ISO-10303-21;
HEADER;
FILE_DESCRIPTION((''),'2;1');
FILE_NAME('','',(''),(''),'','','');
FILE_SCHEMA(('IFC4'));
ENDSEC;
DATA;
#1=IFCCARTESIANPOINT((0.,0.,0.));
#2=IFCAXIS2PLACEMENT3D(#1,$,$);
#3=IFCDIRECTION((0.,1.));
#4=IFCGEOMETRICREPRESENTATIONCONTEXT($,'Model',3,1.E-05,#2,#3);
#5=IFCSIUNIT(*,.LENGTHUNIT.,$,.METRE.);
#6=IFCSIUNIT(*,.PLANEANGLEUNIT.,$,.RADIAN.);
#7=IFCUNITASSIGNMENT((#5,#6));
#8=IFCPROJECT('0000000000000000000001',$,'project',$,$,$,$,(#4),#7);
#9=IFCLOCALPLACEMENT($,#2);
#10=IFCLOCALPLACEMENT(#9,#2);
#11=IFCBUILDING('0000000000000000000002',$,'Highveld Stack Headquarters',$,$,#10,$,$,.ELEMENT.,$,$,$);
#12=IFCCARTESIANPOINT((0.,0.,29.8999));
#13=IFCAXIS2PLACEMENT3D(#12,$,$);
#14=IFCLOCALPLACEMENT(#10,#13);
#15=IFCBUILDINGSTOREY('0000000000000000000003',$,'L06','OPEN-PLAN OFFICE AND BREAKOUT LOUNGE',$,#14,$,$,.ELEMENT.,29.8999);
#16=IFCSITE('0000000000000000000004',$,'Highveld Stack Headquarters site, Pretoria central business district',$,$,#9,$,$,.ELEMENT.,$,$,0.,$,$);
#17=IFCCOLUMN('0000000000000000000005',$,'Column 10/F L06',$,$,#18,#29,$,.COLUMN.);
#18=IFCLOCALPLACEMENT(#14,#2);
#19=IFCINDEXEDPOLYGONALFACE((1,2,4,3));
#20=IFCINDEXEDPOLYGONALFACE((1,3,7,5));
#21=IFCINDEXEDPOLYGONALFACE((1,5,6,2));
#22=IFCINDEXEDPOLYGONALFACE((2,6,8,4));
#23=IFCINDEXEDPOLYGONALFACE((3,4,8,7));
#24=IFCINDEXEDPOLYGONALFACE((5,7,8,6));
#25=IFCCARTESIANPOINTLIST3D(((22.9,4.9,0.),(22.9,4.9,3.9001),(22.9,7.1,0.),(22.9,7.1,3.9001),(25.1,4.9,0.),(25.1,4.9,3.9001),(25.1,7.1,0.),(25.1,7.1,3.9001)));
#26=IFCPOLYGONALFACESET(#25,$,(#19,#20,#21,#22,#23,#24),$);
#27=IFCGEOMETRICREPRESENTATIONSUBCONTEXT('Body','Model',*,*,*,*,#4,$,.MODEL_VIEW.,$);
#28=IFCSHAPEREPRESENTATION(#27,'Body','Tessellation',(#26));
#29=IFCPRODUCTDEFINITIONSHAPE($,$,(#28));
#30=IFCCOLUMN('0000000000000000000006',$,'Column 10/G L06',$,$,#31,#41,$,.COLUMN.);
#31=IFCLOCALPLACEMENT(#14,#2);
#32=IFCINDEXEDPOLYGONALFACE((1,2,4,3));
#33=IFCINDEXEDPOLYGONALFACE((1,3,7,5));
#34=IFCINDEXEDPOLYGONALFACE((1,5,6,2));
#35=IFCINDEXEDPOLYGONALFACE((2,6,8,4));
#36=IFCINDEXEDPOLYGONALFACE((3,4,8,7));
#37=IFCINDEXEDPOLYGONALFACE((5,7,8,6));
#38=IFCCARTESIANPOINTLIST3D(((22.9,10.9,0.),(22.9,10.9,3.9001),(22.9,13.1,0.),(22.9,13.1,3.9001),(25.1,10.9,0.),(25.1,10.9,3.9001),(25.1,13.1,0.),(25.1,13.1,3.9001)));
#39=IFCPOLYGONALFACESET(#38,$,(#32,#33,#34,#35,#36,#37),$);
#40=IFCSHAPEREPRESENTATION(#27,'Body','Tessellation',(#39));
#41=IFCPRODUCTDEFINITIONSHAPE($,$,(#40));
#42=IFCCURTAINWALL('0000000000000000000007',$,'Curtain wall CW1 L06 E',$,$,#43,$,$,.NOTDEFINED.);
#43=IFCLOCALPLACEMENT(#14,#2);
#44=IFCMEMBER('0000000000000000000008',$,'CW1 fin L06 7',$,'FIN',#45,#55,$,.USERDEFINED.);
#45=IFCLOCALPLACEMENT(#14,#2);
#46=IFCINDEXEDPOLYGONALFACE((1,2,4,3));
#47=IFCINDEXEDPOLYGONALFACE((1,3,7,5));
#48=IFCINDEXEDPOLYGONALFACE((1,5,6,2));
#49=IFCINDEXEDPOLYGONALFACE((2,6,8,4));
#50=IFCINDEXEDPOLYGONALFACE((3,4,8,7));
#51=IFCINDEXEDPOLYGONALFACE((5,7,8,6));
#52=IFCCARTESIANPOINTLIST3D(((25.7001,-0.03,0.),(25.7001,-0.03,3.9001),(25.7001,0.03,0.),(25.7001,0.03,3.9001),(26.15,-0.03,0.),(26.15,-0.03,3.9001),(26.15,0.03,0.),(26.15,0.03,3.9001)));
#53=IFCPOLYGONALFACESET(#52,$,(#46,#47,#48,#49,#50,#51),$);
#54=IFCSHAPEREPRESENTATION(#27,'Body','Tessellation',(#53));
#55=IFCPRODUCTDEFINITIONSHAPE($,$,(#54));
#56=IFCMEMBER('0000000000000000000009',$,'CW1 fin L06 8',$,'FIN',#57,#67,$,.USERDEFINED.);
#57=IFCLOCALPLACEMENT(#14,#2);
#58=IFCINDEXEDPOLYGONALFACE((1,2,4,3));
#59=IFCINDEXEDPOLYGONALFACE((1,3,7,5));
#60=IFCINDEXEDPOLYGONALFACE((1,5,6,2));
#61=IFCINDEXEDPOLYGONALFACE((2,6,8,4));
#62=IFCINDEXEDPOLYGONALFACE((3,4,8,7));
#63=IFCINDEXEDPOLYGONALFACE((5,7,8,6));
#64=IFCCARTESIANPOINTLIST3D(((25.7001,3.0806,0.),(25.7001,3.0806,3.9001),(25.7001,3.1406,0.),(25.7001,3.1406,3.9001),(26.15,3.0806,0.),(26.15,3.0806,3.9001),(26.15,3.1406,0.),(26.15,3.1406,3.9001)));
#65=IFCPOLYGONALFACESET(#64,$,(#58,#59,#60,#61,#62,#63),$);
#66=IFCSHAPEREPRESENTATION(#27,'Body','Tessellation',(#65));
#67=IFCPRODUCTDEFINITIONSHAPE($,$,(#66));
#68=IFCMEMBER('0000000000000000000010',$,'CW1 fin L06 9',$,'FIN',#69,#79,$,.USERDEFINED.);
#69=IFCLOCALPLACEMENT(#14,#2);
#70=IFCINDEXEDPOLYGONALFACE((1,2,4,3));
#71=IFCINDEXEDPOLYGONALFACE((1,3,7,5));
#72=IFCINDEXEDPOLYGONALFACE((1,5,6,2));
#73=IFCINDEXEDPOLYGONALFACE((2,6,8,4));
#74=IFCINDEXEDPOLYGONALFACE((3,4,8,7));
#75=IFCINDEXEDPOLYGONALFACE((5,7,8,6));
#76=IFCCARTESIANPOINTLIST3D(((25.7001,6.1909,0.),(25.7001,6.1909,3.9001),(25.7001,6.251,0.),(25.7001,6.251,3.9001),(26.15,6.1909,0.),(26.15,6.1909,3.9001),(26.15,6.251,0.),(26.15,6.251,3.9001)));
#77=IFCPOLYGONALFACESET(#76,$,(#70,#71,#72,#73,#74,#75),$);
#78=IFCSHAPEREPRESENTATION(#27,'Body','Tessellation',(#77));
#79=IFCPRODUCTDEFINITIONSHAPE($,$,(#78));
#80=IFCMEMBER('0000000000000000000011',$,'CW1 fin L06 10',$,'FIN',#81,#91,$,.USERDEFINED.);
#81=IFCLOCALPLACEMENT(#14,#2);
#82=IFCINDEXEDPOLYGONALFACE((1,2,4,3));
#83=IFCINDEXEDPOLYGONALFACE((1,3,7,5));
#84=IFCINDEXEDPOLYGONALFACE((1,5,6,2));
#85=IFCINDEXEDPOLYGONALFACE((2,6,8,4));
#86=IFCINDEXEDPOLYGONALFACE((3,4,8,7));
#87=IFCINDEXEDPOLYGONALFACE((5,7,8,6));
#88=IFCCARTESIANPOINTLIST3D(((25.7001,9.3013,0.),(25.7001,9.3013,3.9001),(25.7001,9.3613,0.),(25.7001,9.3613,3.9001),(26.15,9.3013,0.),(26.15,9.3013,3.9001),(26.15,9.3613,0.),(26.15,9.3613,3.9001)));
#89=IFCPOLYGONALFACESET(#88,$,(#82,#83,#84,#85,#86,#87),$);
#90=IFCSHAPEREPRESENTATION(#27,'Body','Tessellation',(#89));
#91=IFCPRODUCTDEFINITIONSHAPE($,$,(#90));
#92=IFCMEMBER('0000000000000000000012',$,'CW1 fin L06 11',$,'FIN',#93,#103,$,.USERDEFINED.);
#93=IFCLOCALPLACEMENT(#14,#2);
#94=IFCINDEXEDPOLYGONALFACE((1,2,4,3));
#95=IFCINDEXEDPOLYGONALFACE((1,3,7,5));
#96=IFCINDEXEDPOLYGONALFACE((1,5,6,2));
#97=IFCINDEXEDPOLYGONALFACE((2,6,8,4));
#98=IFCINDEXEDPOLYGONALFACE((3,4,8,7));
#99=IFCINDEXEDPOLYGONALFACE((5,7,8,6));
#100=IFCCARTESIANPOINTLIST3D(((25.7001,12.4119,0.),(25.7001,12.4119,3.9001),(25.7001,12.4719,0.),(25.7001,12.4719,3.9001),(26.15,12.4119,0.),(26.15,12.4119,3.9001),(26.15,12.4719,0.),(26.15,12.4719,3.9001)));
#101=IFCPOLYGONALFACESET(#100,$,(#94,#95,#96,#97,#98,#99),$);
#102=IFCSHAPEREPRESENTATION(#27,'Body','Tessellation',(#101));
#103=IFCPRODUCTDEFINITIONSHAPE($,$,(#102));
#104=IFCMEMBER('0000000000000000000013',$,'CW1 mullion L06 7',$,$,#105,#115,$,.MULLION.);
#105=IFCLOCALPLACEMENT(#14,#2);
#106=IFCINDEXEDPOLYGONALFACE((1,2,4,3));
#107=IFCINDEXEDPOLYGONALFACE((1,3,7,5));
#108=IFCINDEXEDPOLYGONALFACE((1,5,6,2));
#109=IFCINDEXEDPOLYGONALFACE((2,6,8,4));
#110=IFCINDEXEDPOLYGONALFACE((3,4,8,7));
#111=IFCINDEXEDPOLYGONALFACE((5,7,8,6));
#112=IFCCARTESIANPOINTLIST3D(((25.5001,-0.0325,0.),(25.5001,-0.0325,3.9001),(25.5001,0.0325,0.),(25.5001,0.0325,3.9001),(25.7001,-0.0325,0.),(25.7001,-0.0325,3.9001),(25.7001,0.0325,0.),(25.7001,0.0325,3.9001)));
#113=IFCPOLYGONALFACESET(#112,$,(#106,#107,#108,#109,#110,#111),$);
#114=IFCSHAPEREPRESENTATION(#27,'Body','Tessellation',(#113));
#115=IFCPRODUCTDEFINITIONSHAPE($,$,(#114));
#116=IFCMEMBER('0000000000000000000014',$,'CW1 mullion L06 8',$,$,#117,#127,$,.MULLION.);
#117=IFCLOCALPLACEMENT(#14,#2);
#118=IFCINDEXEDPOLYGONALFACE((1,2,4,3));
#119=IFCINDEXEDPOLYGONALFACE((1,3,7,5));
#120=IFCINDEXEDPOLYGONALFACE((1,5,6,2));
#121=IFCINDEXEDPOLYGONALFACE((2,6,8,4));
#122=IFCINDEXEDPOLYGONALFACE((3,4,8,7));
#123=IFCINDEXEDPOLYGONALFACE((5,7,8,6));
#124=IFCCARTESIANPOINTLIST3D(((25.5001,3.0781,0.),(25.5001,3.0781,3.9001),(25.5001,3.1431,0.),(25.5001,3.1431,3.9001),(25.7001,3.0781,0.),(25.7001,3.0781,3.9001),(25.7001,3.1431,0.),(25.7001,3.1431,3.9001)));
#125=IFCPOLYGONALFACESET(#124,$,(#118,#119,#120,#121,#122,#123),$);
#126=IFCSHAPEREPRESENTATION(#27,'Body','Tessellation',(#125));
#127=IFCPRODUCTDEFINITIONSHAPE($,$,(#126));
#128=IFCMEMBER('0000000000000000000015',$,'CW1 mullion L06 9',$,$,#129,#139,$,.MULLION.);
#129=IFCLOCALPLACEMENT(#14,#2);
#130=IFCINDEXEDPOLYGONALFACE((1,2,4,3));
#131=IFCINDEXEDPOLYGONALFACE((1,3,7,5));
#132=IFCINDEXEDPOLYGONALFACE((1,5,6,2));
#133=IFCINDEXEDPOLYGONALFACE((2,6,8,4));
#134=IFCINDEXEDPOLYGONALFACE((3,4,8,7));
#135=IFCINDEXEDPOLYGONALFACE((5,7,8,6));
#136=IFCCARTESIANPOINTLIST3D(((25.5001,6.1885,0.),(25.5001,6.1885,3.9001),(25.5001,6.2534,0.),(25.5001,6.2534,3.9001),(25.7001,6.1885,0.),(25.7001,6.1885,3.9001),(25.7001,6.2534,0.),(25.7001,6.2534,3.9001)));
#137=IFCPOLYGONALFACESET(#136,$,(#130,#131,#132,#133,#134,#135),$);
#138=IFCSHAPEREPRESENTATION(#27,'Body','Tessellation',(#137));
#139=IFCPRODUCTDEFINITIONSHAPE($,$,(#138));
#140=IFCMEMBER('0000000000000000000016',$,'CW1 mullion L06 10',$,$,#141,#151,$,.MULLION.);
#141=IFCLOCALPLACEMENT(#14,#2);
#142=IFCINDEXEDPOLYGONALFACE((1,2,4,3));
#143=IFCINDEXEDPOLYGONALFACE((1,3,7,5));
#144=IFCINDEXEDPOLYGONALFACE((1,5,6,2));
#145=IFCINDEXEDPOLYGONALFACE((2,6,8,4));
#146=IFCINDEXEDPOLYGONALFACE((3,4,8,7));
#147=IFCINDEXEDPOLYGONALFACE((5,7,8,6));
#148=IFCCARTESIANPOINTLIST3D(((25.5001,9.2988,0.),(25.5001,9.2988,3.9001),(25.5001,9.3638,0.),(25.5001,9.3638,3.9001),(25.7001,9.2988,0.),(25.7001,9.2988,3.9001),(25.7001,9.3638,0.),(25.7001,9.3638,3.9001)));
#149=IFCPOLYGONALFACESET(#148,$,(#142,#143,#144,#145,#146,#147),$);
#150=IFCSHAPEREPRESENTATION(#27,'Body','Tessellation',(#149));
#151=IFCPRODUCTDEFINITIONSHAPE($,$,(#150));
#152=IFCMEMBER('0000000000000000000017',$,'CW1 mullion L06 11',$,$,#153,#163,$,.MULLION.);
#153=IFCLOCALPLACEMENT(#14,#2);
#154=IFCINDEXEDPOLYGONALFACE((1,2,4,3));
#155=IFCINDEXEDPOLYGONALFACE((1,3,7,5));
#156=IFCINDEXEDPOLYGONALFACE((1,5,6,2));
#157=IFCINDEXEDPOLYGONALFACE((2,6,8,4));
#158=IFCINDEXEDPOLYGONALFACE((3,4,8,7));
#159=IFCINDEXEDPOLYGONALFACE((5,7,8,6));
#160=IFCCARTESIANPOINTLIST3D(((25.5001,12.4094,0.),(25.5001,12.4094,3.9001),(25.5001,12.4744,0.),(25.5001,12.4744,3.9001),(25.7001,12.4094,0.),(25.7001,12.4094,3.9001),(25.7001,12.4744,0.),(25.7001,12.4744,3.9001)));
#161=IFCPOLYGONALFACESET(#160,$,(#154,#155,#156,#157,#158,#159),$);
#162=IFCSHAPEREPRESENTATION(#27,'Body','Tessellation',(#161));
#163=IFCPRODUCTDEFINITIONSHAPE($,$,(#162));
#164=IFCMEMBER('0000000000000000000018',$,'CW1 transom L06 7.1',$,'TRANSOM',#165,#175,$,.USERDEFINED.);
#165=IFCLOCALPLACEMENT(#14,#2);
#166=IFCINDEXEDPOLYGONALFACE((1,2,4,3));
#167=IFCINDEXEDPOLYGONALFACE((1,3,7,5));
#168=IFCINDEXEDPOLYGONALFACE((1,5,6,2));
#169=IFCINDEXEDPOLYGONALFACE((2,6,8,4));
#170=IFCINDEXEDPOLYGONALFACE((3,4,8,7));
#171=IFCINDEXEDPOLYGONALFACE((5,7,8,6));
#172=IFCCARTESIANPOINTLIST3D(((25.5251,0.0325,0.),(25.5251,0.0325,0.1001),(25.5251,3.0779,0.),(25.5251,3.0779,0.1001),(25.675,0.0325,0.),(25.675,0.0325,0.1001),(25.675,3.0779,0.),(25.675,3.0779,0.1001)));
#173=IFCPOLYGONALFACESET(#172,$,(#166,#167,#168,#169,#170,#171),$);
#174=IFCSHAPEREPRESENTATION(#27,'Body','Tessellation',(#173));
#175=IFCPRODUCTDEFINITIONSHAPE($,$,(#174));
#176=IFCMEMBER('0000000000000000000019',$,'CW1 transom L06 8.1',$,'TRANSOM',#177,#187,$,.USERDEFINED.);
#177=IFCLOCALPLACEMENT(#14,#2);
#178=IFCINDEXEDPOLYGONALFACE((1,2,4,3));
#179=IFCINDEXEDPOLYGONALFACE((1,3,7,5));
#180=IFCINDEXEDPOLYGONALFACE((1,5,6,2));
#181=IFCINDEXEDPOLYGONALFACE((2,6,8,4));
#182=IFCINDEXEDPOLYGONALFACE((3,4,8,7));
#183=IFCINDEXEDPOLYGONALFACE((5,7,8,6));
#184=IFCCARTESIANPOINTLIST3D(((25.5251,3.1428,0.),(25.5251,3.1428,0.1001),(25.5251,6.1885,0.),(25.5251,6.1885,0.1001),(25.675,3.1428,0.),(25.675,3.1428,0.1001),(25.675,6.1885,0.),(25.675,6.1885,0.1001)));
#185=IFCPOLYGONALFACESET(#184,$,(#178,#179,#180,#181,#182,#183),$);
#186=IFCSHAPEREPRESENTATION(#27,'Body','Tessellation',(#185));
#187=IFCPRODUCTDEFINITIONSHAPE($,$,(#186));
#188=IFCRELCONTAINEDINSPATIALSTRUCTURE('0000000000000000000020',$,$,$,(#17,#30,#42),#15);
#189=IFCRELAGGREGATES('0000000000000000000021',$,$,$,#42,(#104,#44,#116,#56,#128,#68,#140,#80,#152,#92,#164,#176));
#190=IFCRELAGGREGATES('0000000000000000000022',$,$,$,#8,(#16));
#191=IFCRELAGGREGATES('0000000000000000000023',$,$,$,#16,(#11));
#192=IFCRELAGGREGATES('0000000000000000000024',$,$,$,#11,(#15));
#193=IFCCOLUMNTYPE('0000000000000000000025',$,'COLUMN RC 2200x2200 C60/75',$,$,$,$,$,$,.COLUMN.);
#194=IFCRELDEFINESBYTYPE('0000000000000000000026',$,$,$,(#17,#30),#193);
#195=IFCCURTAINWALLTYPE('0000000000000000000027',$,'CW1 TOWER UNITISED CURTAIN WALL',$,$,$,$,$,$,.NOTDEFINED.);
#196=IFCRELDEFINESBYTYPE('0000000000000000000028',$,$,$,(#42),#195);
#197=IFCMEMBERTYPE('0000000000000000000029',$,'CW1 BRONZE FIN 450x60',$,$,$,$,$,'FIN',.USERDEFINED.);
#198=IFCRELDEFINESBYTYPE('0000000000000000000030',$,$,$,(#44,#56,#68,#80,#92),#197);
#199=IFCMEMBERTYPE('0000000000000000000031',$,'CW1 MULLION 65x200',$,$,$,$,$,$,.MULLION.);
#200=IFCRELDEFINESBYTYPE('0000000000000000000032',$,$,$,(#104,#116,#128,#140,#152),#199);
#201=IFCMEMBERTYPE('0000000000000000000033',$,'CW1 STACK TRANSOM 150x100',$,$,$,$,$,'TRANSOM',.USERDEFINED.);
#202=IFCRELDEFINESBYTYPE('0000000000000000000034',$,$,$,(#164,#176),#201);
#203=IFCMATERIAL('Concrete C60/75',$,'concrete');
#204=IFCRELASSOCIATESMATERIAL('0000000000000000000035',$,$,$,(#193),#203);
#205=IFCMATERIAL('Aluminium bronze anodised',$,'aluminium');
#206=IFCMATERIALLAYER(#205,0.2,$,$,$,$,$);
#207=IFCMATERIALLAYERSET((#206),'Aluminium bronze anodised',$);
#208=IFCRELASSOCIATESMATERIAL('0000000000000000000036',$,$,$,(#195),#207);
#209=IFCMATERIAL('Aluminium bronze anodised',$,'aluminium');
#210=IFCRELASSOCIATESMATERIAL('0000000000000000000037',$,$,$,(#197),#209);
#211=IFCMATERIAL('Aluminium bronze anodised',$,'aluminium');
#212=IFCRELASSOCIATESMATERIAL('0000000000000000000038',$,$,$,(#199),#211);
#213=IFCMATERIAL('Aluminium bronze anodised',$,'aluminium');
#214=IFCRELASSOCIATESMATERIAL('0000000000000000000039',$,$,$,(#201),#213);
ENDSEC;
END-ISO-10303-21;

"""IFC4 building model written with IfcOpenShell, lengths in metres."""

from ifc_helpers import new_model, si_unit, direction, frame, origin, origin_2d, place, context, subcontext, project, spatial, rectangle, extrude, material, layer, layer_set, material_profile, profile_set, type_object, element, aggregate, save


model = new_model("IFC4")

# Units and contexts
model_context = context("Model", 3, precision=1e-05, world=origin(), true_north=direction((0.0, 1.0)))
body_context = subcontext(model_context, "Body", "Model", "MODEL_VIEW")
ifc_project = project(units=[si_unit("LENGTHUNIT", "METRE"), si_unit("PLANEANGLEUNIT", "RADIAN")], contexts=[model_context])

# Site, building, storey
site_placement = place(None, origin())
site = spatial("IfcSite", under=ifc_project, at=site_placement, Name="Highveld Stack Headquarters site, Pretoria central business district", CompositionType="ELEMENT", RefElevation=0.0)
building_placement = place(site_placement, origin())
building = spatial("IfcBuilding", under=site, at=building_placement, Name="Highveld Stack Headquarters", CompositionType="ELEMENT")
storey_placement = place(building_placement, frame((0.0, 0.0, 29.8999)))
storey = spatial("IfcBuildingStorey", under=building, at=storey_placement, Name="L06", Description="OPEN-PLAN OFFICE AND BREAKOUT LOUNGE", CompositionType="ELEMENT", Elevation=29.8999)

# Columns
ifc_material_1 = material(Name="Concrete C60/75", Category="concrete")
ifc_material_profile_1 = material_profile(ifc_material_1, rectangle(XDim=2.2, YDim=2.2, at=origin_2d()), Name="RC 2200x2200")
ifc_profile_set_1 = profile_set([ifc_material_profile_1], Name="Concrete C60/75")
column_type = type_object("IfcColumnType", Name="COLUMN RC 2200x2200 C60/75", PredefinedType="COLUMN", material=ifc_profile_set_1)
for number, where, z_axis, x_axis, name in (
    (1, (24.0, 6.0, 0.0), (0.0, 0.0, 1.0), (1.0, 0.0, 0.0), "Column 10/F L06"),
    (2, (24.0, 12.0, 0.0), (0.0, 0.0, 1.0), (1.0, 0.0, 0.0), "Column 10/G L06"),
):
    element("IfcColumn", number, at=place(storey_placement, frame(where, z_axis=z_axis, x_axis=x_axis)), inside=storey, type_object=column_type, Name=name, PredefinedType="COLUMN", context=body_context, shape_type="SweptSolid", body=[
        extrude(rectangle(XDim=2.2, YDim=2.2, at=origin_2d()), origin(), (0.0, 0.0, 1.0), 3.9001),
    ])

# Curtain wall, members
ifc_material_2 = material(Name="Aluminium bronze anodised", Category="aluminium")
ifc_layer_1 = layer(ifc_material_2, 0.2)
ifc_layer_set_1 = layer_set([ifc_layer_1], Name="Aluminium bronze anodised")
curtain_wall_type = type_object("IfcCurtainWallType", Name="CW1 TOWER UNITISED CURTAIN WALL", PredefinedType="NOTDEFINED", material=ifc_layer_set_1)
curtain_wall_placement = place(storey_placement, origin())
curtain_wall = element("IfcCurtainWall", 3, at=curtain_wall_placement, inside=storey, type_object=curtain_wall_type, Name="Curtain wall CW1 L06 E", PredefinedType="NOTDEFINED")
ifc_material_3 = material(Name="Aluminium bronze anodised", Category="aluminium")
ifc_material_profile_2 = material_profile(ifc_material_3, rectangle(XDim=0.45, YDim=0.0601, at=origin_2d()), Name="FIN 450x60")
ifc_profile_set_2 = profile_set([ifc_material_profile_2], Name="Aluminium bronze anodised")
member_type_1 = type_object("IfcMemberType", Name="CW1 BRONZE FIN 450x60", ElementType="FIN", PredefinedType="USERDEFINED", material=ifc_profile_set_2)
member_1_placement = place(storey_placement, frame((25.925, 0.0, 0.0), z_axis=(0.0, 0.0, 1.0), x_axis=(-1.0, 0.0, 0.0)))
member_1 = element("IfcMember", 4, at=member_1_placement, type_object=member_type_1, Name="CW1 fin L06 7", ObjectType="FIN", PredefinedType="USERDEFINED", context=body_context, shape_type="SweptSolid", body=[
    extrude(rectangle(XDim=0.45, YDim=0.0601, at=origin_2d()), origin(), (0.0, 0.0, 1.0), 3.9001),
])
member_2_placement = place(storey_placement, frame((25.925, 3.1106, 0.0), z_axis=(0.0, 0.0, 1.0), x_axis=(-1.0, 0.0, 0.0)))
member_2 = element("IfcMember", 5, at=member_2_placement, type_object=member_type_1, Name="CW1 fin L06 8", ObjectType="FIN", PredefinedType="USERDEFINED", context=body_context, shape_type="SweptSolid", body=[
    extrude(rectangle(XDim=0.45, YDim=0.0601, at=origin_2d()), origin(), (0.0, 0.0, 1.0), 3.9001),
])
member_3_placement = place(storey_placement, frame((25.925, 6.2209, 0.0), z_axis=(0.0, 0.0, 1.0), x_axis=(-1.0, 0.0, 0.0)))
member_3 = element("IfcMember", 6, at=member_3_placement, type_object=member_type_1, Name="CW1 fin L06 9", ObjectType="FIN", PredefinedType="USERDEFINED", context=body_context, shape_type="SweptSolid", body=[
    extrude(rectangle(XDim=0.45, YDim=0.0601, at=origin_2d()), origin(), (0.0, 0.0, 1.0), 3.9001),
])
member_4_placement = place(storey_placement, frame((25.925, 9.3313, 0.0), z_axis=(0.0, 0.0, 1.0), x_axis=(-1.0, 0.0, 0.0)))
member_4 = element("IfcMember", 7, at=member_4_placement, type_object=member_type_1, Name="CW1 fin L06 10", ObjectType="FIN", PredefinedType="USERDEFINED", context=body_context, shape_type="SweptSolid", body=[
    extrude(rectangle(XDim=0.45, YDim=0.0601, at=origin_2d()), origin(), (0.0, 0.0, 1.0), 3.9001),
])
member_5_placement = place(storey_placement, frame((25.925, 12.4419, 0.0), z_axis=(0.0, 0.0, 1.0), x_axis=(-1.0, 0.0, 0.0)))
member_5 = element("IfcMember", 8, at=member_5_placement, type_object=member_type_1, Name="CW1 fin L06 11", ObjectType="FIN", PredefinedType="USERDEFINED", context=body_context, shape_type="SweptSolid", body=[
    extrude(rectangle(XDim=0.45, YDim=0.0601, at=origin_2d()), origin(), (0.0, 0.0, 1.0), 3.9001),
])
ifc_material_4 = material(Name="Aluminium bronze anodised", Category="aluminium")
ifc_material_profile_3 = material_profile(ifc_material_4, rectangle(XDim=0.2, YDim=0.0649, at=origin_2d()), Name="CW1 MULLION 65x200")
ifc_profile_set_3 = profile_set([ifc_material_profile_3], Name="Aluminium bronze anodised")
member_type_2 = type_object("IfcMemberType", Name="CW1 MULLION 65x200", PredefinedType="MULLION", material=ifc_profile_set_3)
member_6_placement = place(storey_placement, frame((25.6001, 0.0, 0.0), z_axis=(0.0, 0.0, 1.0), x_axis=(-1.0, 0.0, 0.0)))
member_6 = element("IfcMember", 9, at=member_6_placement, type_object=member_type_2, Name="CW1 mullion L06 7", PredefinedType="MULLION", context=body_context, shape_type="SweptSolid", body=[
    extrude(rectangle(XDim=0.2, YDim=0.0649, at=origin_2d()), origin(), (0.0, 0.0, 1.0), 3.9001),
])
member_7_placement = place(storey_placement, frame((25.6001, 3.1106, 0.0), z_axis=(0.0, 0.0, 1.0), x_axis=(-1.0, 0.0, 0.0)))
member_7 = element("IfcMember", 10, at=member_7_placement, type_object=member_type_2, Name="CW1 mullion L06 8", PredefinedType="MULLION", context=body_context, shape_type="SweptSolid", body=[
    extrude(rectangle(XDim=0.2, YDim=0.0649, at=origin_2d()), origin(), (0.0, 0.0, 1.0), 3.9001),
])
member_8_placement = place(storey_placement, frame((25.6001, 6.2209, 0.0), z_axis=(0.0, 0.0, 1.0), x_axis=(-1.0, 0.0, 0.0)))
member_8 = element("IfcMember", 11, at=member_8_placement, type_object=member_type_2, Name="CW1 mullion L06 9", PredefinedType="MULLION", context=body_context, shape_type="SweptSolid", body=[
    extrude(rectangle(XDim=0.2, YDim=0.0649, at=origin_2d()), origin(), (0.0, 0.0, 1.0), 3.9001),
])
member_9_placement = place(storey_placement, frame((25.6001, 9.3313, 0.0), z_axis=(0.0, 0.0, 1.0), x_axis=(-1.0, 0.0, 0.0)))
member_9 = element("IfcMember", 12, at=member_9_placement, type_object=member_type_2, Name="CW1 mullion L06 10", PredefinedType="MULLION", context=body_context, shape_type="SweptSolid", body=[
    extrude(rectangle(XDim=0.2, YDim=0.0649, at=origin_2d()), origin(), (0.0, 0.0, 1.0), 3.9001),
])
member_10_placement = place(storey_placement, frame((25.6001, 12.4419, 0.0), z_axis=(0.0, 0.0, 1.0), x_axis=(-1.0, 0.0, 0.0)))
member_10 = element("IfcMember", 13, at=member_10_placement, type_object=member_type_2, Name="CW1 mullion L06 11", PredefinedType="MULLION", context=body_context, shape_type="SweptSolid", body=[
    extrude(rectangle(XDim=0.2, YDim=0.0649, at=origin_2d()), origin(), (0.0, 0.0, 1.0), 3.9001),
])
ifc_material_5 = material(Name="Aluminium bronze anodised", Category="aluminium")
ifc_material_profile_4 = material_profile(ifc_material_5, rectangle(XDim=0.1499, YDim=0.1001, at=origin_2d()), Name="CW1 TRANSOM 150x100")
ifc_profile_set_4 = profile_set([ifc_material_profile_4], Name="Aluminium bronze anodised")
member_type_3 = type_object("IfcMemberType", Name="CW1 STACK TRANSOM 150x100", ElementType="TRANSOM", PredefinedType="USERDEFINED", material=ifc_profile_set_4)
member_11_placement = place(storey_placement, frame((25.6001, 0.0325, 0.05), z_axis=(0.0, 1.0, 0.0), x_axis=(-1.0, 0.0, 0.0)))
member_11 = element("IfcMember", 14, at=member_11_placement, type_object=member_type_3, Name="CW1 transom L06 7.1", ObjectType="TRANSOM", PredefinedType="USERDEFINED", context=body_context, shape_type="SweptSolid", body=[
    extrude(rectangle(XDim=0.1499, YDim=0.1001, at=origin_2d()), origin(), (0.0, 0.0, 1.0), 3.0454),
])
member_12_placement = place(storey_placement, frame((25.6001, 3.1428, 0.05), z_axis=(0.0, 1.0, 0.0), x_axis=(-1.0, 0.0, 0.0)))
member_12 = element("IfcMember", 15, at=member_12_placement, type_object=member_type_3, Name="CW1 transom L06 8.1", ObjectType="TRANSOM", PredefinedType="USERDEFINED", context=body_context, shape_type="SweptSolid", body=[
    extrude(rectangle(XDim=0.1499, YDim=0.1001, at=origin_2d()), origin(), (0.0, 0.0, 1.0), 3.0457),
])
aggregate(curtain_wall, [member_6, member_1, member_7, member_2, member_8, member_3, member_9, member_4, member_10, member_5, member_11, member_12])

save(model, "model.ifc")
